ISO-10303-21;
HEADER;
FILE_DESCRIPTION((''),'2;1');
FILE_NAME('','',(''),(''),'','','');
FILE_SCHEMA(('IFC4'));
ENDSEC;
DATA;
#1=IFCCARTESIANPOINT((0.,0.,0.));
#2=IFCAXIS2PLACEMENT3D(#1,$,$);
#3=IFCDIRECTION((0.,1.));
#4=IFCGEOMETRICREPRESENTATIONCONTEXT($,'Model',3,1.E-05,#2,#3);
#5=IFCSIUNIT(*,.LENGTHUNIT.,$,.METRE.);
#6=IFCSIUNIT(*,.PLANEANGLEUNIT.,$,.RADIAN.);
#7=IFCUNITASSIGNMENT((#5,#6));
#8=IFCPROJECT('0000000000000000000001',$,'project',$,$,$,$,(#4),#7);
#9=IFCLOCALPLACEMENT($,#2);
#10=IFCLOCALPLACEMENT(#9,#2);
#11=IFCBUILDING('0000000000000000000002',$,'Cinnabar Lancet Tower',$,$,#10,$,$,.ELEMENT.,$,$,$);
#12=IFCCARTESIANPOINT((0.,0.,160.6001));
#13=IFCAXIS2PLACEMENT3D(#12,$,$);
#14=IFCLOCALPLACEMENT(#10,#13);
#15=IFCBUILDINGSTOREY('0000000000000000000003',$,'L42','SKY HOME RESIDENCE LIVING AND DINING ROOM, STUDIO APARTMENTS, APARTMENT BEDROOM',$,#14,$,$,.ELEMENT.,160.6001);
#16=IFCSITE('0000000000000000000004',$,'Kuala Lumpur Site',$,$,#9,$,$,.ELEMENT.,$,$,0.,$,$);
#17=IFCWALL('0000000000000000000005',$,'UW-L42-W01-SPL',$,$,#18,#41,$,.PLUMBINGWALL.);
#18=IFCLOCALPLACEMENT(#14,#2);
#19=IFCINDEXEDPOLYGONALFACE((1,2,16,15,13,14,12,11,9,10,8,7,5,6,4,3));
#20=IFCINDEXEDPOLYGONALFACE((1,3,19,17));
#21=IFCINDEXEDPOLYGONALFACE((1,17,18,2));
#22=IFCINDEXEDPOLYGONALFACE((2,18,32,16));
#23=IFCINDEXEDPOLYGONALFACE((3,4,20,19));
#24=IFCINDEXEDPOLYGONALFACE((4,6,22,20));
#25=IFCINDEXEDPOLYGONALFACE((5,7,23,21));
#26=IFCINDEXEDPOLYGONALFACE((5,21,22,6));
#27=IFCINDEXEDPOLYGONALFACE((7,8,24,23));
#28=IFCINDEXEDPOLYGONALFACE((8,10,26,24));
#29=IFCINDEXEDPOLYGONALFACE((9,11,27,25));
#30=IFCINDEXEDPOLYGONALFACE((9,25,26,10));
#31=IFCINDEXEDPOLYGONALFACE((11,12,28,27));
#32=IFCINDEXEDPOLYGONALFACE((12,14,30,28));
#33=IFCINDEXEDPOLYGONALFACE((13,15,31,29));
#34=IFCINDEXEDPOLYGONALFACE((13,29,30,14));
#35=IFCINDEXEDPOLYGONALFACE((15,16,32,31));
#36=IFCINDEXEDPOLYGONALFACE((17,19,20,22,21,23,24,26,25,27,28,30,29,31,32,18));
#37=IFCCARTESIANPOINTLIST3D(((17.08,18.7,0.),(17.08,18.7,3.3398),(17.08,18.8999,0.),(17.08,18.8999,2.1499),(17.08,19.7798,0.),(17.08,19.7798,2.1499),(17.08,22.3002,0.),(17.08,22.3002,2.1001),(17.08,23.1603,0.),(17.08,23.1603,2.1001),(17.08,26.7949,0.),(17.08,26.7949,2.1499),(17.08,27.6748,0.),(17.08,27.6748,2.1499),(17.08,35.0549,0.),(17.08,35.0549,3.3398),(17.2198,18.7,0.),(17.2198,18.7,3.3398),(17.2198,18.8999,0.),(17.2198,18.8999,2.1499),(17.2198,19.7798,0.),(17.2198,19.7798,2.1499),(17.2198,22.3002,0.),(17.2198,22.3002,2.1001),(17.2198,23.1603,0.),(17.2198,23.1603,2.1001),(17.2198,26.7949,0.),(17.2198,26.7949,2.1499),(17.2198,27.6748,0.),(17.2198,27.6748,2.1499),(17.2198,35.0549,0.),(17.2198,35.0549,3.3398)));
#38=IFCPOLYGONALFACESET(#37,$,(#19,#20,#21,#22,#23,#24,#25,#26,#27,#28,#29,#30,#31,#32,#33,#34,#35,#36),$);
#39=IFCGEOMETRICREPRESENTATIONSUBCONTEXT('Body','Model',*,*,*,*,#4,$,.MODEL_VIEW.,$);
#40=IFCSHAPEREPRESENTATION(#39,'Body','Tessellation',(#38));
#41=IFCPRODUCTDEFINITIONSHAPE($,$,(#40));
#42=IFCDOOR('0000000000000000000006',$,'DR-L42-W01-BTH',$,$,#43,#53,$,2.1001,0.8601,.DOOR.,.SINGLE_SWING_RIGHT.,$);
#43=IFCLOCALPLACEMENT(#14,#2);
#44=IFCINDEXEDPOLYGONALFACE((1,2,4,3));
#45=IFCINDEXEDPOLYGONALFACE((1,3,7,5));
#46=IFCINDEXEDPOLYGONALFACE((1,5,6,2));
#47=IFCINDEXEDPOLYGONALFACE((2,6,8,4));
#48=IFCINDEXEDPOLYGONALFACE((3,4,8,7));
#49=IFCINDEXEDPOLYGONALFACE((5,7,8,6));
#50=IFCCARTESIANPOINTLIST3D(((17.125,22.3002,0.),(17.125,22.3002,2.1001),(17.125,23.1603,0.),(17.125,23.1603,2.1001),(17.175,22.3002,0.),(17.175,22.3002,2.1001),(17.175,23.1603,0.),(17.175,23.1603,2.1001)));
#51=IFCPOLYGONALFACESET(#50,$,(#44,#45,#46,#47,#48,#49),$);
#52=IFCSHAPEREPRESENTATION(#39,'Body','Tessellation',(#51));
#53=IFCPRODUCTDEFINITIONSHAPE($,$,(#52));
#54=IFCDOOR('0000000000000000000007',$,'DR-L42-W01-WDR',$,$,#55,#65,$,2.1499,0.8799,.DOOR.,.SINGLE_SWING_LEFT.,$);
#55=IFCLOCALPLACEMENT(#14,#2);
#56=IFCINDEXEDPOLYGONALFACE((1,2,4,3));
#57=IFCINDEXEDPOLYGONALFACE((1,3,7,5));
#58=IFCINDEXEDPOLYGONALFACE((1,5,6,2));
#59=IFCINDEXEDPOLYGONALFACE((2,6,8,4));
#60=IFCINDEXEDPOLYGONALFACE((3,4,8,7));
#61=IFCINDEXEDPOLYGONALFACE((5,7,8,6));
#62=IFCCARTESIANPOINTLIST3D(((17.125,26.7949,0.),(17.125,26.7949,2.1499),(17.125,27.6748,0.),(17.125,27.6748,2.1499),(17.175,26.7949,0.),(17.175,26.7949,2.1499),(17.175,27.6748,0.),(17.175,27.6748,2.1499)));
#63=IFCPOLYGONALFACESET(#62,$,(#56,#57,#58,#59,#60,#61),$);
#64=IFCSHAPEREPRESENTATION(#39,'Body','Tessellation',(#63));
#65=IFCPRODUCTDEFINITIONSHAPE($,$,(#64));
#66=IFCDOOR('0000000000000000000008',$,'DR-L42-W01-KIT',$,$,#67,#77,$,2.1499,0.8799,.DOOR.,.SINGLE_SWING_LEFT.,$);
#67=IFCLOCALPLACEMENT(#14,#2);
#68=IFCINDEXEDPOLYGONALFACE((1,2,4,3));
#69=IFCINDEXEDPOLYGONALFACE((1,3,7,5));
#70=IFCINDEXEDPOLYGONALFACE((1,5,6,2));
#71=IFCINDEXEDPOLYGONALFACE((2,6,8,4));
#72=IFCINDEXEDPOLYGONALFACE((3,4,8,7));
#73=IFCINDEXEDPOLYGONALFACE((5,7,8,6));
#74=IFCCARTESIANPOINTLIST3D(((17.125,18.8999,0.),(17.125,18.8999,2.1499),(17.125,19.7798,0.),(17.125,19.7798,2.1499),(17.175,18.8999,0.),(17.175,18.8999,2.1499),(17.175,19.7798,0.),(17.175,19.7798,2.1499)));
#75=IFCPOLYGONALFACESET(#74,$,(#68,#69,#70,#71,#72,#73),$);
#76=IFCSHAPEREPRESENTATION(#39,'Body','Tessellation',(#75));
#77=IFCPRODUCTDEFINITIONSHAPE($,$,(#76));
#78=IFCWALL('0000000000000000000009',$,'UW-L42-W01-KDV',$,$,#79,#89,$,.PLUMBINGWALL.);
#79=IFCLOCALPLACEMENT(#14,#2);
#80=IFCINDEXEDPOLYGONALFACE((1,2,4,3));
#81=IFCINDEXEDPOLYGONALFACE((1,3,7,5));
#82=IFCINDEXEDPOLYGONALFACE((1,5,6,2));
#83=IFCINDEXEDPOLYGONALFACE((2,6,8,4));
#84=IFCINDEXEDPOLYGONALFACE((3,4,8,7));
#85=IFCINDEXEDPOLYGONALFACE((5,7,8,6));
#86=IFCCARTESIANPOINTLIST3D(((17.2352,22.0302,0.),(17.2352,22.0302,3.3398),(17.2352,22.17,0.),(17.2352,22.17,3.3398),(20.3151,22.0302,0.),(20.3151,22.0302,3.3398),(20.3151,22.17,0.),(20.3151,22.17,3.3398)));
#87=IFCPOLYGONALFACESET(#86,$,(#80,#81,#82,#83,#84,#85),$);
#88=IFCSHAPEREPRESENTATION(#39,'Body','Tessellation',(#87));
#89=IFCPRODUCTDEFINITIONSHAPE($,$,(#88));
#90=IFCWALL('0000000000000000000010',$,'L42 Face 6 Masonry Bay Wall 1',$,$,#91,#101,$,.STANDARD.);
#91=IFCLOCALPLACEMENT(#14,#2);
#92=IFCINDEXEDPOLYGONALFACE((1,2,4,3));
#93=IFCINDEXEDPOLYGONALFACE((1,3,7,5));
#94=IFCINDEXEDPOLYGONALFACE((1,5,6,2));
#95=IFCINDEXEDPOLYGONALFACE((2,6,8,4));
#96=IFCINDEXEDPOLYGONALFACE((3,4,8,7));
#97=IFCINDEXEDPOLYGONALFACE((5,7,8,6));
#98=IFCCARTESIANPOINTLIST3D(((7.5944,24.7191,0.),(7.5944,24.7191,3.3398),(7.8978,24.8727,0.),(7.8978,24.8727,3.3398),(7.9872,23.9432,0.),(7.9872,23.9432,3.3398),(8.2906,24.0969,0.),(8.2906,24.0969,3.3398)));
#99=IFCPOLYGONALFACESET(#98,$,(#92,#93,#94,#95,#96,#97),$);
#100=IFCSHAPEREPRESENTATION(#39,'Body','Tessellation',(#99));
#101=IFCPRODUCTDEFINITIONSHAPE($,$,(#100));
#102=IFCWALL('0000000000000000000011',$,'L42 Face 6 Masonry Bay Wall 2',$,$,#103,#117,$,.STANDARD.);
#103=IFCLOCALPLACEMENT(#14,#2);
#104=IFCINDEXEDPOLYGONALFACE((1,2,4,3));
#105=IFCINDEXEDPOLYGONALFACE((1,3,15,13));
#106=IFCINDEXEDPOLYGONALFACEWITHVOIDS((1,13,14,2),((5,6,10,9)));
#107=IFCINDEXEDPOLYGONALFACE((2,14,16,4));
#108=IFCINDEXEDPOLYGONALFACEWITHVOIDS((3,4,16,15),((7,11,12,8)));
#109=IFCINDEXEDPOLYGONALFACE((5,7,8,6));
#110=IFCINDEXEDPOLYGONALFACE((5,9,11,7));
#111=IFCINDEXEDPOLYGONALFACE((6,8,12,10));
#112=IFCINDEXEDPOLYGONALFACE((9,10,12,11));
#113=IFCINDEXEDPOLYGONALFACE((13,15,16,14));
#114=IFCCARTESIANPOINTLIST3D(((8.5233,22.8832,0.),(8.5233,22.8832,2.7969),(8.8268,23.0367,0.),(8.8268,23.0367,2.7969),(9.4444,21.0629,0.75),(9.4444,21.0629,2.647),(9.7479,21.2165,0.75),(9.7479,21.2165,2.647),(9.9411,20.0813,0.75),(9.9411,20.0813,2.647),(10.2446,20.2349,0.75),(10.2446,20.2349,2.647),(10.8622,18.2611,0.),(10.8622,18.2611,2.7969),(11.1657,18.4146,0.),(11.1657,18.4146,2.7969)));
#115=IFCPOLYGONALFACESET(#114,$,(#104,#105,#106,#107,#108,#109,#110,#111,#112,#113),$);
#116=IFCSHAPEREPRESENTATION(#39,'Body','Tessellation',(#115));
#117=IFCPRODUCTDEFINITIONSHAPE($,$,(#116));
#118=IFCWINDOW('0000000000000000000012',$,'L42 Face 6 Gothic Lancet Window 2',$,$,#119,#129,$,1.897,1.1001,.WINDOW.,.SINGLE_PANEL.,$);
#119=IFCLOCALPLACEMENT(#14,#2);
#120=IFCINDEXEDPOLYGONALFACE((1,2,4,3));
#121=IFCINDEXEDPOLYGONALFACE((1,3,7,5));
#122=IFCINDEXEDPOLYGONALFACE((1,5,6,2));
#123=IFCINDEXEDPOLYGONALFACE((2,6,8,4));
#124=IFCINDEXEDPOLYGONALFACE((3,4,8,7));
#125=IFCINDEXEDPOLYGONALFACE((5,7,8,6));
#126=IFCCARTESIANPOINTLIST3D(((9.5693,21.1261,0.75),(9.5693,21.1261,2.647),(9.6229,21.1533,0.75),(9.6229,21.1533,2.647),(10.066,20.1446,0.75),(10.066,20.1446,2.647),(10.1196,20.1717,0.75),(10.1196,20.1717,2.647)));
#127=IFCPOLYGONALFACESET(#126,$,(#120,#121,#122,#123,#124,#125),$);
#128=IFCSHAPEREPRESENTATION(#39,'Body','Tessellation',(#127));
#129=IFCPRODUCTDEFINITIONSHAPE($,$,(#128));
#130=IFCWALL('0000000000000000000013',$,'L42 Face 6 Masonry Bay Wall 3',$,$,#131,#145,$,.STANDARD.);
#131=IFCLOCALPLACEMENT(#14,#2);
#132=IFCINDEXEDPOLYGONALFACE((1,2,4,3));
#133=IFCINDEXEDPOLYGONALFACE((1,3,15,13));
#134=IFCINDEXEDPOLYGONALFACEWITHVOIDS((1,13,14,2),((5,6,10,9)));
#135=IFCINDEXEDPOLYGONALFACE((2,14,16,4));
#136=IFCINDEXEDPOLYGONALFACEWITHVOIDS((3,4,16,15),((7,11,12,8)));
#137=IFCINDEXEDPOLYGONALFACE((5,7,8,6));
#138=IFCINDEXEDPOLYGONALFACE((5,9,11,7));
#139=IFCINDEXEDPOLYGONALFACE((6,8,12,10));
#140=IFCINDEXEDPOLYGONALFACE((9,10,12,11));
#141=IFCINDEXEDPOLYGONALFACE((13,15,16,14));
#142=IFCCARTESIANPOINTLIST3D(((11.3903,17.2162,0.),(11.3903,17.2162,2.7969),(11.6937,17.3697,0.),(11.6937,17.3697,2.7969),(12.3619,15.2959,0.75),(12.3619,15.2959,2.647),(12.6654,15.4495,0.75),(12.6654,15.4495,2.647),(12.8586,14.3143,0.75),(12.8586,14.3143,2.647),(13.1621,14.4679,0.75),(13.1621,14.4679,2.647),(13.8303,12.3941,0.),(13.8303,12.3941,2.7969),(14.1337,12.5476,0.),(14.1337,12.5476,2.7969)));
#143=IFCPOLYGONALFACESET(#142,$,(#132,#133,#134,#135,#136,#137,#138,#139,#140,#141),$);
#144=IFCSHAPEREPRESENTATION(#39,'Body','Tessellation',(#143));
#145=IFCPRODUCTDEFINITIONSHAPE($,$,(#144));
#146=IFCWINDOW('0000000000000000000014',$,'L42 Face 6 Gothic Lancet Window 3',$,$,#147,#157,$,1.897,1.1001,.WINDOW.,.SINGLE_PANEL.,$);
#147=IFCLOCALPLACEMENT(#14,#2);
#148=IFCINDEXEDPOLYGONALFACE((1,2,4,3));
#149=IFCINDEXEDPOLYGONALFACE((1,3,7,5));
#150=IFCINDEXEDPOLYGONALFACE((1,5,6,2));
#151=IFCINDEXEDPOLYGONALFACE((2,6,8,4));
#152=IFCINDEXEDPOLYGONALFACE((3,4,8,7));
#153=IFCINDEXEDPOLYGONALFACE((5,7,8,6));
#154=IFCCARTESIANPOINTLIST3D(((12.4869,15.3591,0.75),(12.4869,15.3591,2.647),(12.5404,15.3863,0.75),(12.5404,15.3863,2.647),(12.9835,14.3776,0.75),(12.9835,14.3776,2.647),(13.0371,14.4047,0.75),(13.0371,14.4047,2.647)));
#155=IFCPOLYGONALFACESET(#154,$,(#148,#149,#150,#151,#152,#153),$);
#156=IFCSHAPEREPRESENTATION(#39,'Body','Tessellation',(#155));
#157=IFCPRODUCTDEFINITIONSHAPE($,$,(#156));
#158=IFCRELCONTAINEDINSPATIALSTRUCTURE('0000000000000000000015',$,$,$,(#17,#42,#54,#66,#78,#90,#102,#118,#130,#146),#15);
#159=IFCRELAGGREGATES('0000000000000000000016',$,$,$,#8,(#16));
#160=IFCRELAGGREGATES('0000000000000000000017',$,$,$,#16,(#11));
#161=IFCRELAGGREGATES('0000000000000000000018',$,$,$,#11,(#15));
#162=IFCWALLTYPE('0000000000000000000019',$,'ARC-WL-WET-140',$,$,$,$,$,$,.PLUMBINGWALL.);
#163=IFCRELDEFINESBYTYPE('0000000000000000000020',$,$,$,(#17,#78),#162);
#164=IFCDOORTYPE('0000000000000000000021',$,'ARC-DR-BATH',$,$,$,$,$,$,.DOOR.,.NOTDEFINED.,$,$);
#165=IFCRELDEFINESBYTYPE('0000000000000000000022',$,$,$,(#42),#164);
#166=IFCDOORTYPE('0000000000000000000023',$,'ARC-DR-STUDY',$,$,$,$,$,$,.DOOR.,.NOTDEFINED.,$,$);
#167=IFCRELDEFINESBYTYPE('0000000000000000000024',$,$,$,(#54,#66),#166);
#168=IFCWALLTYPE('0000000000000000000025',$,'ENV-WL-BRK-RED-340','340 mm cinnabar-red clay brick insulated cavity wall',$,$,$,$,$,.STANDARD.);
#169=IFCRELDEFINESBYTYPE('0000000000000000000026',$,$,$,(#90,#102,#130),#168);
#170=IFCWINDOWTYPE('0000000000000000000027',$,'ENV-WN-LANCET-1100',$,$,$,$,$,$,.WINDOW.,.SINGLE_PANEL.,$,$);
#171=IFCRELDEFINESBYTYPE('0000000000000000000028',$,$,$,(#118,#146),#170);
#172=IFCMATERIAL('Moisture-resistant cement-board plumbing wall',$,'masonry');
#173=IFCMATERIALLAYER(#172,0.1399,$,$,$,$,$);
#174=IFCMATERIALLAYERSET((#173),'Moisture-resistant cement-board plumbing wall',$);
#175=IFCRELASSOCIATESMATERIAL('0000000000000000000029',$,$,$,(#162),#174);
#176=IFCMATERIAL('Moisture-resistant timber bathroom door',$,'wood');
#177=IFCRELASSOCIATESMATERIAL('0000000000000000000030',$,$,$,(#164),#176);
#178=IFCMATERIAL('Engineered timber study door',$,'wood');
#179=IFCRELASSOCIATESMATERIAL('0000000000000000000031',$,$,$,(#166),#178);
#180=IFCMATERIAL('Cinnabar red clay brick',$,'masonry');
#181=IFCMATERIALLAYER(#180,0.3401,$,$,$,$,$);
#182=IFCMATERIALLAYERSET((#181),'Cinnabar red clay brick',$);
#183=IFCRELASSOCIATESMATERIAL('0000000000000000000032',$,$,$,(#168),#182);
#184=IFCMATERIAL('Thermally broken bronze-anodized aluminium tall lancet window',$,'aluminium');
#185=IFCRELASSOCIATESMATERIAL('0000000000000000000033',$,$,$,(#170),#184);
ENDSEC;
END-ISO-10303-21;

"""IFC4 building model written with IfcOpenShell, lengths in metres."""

from ifc_helpers import new_model, si_unit, direction, frame, frame_2d, origin, place, context, subcontext, project, spatial, rectangle, extrude, material, layer, layer_set, type_object, element, fill, save


model = new_model("IFC4")

# Units and contexts
model_context = context("Model", 3, precision=1e-05, world=origin(), true_north=direction((0.0, 1.0)))
body_context = subcontext(model_context, "Body", "Model", "MODEL_VIEW")
ifc_project = project(units=[si_unit("LENGTHUNIT", "METRE"), si_unit("PLANEANGLEUNIT", "RADIAN")], contexts=[model_context])

# Site, building, storey
site_placement = place(None, origin())
site = spatial("IfcSite", under=ifc_project, at=site_placement, Name="Kuala Lumpur Site", CompositionType="ELEMENT", RefElevation=0.0)
building_placement = place(site_placement, origin())
building = spatial("IfcBuilding", under=site, at=building_placement, Name="Cinnabar Lancet Tower", CompositionType="ELEMENT")
storey_placement = place(building_placement, frame((0.0, 0.0, 160.6001)))
storey = spatial("IfcBuildingStorey", under=building, at=storey_placement, Name="L42", Description="SKY HOME RESIDENCE LIVING AND DINING ROOM, STUDIO APARTMENTS, APARTMENT BEDROOM", CompositionType="ELEMENT", Elevation=160.6001)

# Wall, openings, doors
ifc_material_1 = material(Name="Moisture-resistant cement-board plumbing wall", Category="masonry")
ifc_layer_1 = layer(ifc_material_1, 0.1399)
ifc_layer_set_1 = layer_set([ifc_layer_1], Name="Moisture-resistant cement-board plumbing wall")
wall_type_1 = type_object("IfcWallType", Name="ARC-WL-WET-140", PredefinedType="PLUMBINGWALL", material=ifc_layer_set_1)
wall_1_placement = place(storey_placement, frame((17.1499, 18.7, 0.0), z_axis=(0.0, 0.0, 1.0), x_axis=(0.0, 1.0, 0.0)))
wall_1 = element("IfcWall", 1, at=wall_1_placement, inside=storey, type_object=wall_type_1, Name="UW-L42-W01-SPL", PredefinedType="PLUMBINGWALL", context=body_context, shape_type="SweptSolid", body=[
    extrude(rectangle(XDim=16.355, YDim=0.1399, at=frame_2d((8.1775, 0.0))), origin(), (0.0, 0.0, 1.0), 3.3398),
])
opening_1_placement = place(wall_1_placement, frame((3.6001, 0.0, 0.0)))
opening_1 = element("IfcOpeningElement", 2, at=opening_1_placement, cuts=wall_1, PredefinedType="OPENING", context=body_context, shape_type="SweptSolid", body=[
    extrude(rectangle(XDim=0.8601, YDim=2.1001, at=frame_2d((0.4302, 1.05))), frame((0.0, 0.0798, 0.0), z_axis=(0.0, -1.0, 0.0), x_axis=(1.0, 0.0, 0.0)), (0.0, 0.0, 1.0), 0.1599),
])
opening_2_placement = place(wall_1_placement, frame((8.095, 0.0, 0.0)))
opening_2 = element("IfcOpeningElement", 3, at=opening_2_placement, cuts=wall_1, PredefinedType="OPENING", context=body_context, shape_type="SweptSolid", body=[
    extrude(rectangle(XDim=0.8799, YDim=2.1499, at=frame_2d((0.4399, 1.075))), frame((0.0, 0.0798, 0.0), z_axis=(0.0, -1.0, 0.0), x_axis=(1.0, 0.0, 0.0)), (0.0, 0.0, 1.0), 0.1599),
])
opening_3_placement = place(wall_1_placement, frame((0.2, 0.0, 0.0)))
opening_3 = element("IfcOpeningElement", 4, at=opening_3_placement, cuts=wall_1, PredefinedType="OPENING", context=body_context, shape_type="SweptSolid", body=[
    extrude(rectangle(XDim=0.8799, YDim=2.1499, at=frame_2d((0.4399, 1.075))), frame((0.0, 0.0798, 0.0), z_axis=(0.0, -1.0, 0.0), x_axis=(1.0, 0.0, 0.0)), (0.0, 0.0, 1.0), 0.1599),
])
ifc_material_2 = material(Name="Moisture-resistant timber bathroom door", Category="wood")
door_type_1 = type_object("IfcDoorType", Name="ARC-DR-BATH", OperationType="NOTDEFINED", PredefinedType="DOOR", material=ifc_material_2)
door_1_placement = place(opening_1_placement, origin())
door_1 = element("IfcDoor", 5, at=door_1_placement, inside=storey, type_object=door_type_1, Name="DR-L42-W01-BTH", OperationType="SINGLE_SWING_RIGHT", OverallHeight=2.1001, OverallWidth=0.8601, PredefinedType="DOOR", context=body_context, shape_type="SweptSolid", body=[
    extrude(rectangle(XDim=0.8601, YDim=2.1001, at=frame_2d((0.4302, 1.05))), frame((0.0, 0.0249, 0.0), z_axis=(0.0, -1.0, 0.0), x_axis=(1.0, 0.0, 0.0)), (0.0, 0.0, 1.0), 0.05),
])
fill(opening_1, door_1)
ifc_material_3 = material(Name="Engineered timber study door", Category="wood")
door_type_2 = type_object("IfcDoorType", Name="ARC-DR-STUDY", OperationType="NOTDEFINED", PredefinedType="DOOR", material=ifc_material_3)
door_2_placement = place(opening_2_placement, origin())
door_2 = element("IfcDoor", 6, at=door_2_placement, inside=storey, type_object=door_type_2, Name="DR-L42-W01-WDR", OperationType="SINGLE_SWING_LEFT", OverallHeight=2.1499, OverallWidth=0.8799, PredefinedType="DOOR", context=body_context, shape_type="SweptSolid", body=[
    extrude(rectangle(XDim=0.8799, YDim=2.1499, at=frame_2d((0.4399, 1.075))), frame((0.0, 0.0249, 0.0), z_axis=(0.0, -1.0, 0.0), x_axis=(1.0, 0.0, 0.0)), (0.0, 0.0, 1.0), 0.05),
])
fill(opening_2, door_2)
door_3_placement = place(opening_3_placement, origin())
door_3 = element("IfcDoor", 7, at=door_3_placement, inside=storey, type_object=door_type_2, Name="DR-L42-W01-KIT", OperationType="SINGLE_SWING_LEFT", OverallHeight=2.1499, OverallWidth=0.8799, PredefinedType="DOOR", context=body_context, shape_type="SweptSolid", body=[
    extrude(rectangle(XDim=0.8799, YDim=2.1499, at=frame_2d((0.4399, 1.075))), frame((0.0, 0.0249, 0.0), z_axis=(0.0, -1.0, 0.0), x_axis=(1.0, 0.0, 0.0)), (0.0, 0.0, 1.0), 0.05),
])
fill(opening_3, door_3)

# Walls
wall_2_placement = place(storey_placement, frame((17.2351, 22.1001, 0.0), z_axis=(0.0, 0.0, 1.0), x_axis=(1.0, 0.0, 0.0)))
element("IfcWall", 8, at=wall_2_placement, inside=storey, type_object=wall_type_1, Name="UW-L42-W01-KDV", PredefinedType="PLUMBINGWALL", context=body_context, shape_type="SweptSolid", body=[
    extrude(rectangle(XDim=3.0798, YDim=0.1399, at=frame_2d((1.54, 0.0))), origin(), (0.0, 0.0, 1.0), 3.3398),
])
ifc_material_4 = material(Name="Cinnabar red clay brick", Category="masonry")
ifc_layer_2 = layer(ifc_material_4, 0.3401)
ifc_layer_set_2 = layer_set([ifc_layer_2], Name="Cinnabar red clay brick")
wall_type_2 = type_object("IfcWallType", Name="ENV-WL-BRK-RED-340", Description="340 mm cinnabar-red clay brick insulated cavity wall", PredefinedType="STANDARD", material=ifc_layer_set_2)
wall_3_placement = place(storey_placement, frame((7.7461, 24.7959, 0.0), z_axis=(0.0, 0.0, 1.0), x_axis=(0.4517, -0.89217, 0.0)))
element("IfcWall", 9, at=wall_3_placement, inside=storey, type_object=wall_type_2, Name="L42 Face 6 Masonry Bay Wall 1", PredefinedType="STANDARD", context=body_context, shape_type="SweptSolid", body=[
    extrude(rectangle(XDim=0.8696, YDim=0.3401, at=frame_2d((0.4348, 0.0))), origin(), (0.0, 0.0, 1.0), 3.3398),
])

# Walls, openings, windows
wall_4_placement = place(storey_placement, frame((8.675, 22.96, 0.0), z_axis=(0.0, 0.0, 1.0), x_axis=(0.451507, -0.892268, 0.0)))
wall_4 = element("IfcWall", 10, at=wall_4_placement, inside=storey, type_object=wall_type_2, Name="L42 Face 6 Masonry Bay Wall 2", PredefinedType="STANDARD", context=body_context, shape_type="SweptSolid", body=[
    extrude(rectangle(XDim=5.1802, YDim=0.3401, at=frame_2d((2.5901, 0.0))), origin(), (0.0, 0.0, 1.0), 2.7969),
])
opening_4_placement = place(wall_4_placement, frame((2.04, 0.0, 0.75)))
opening_4 = element("IfcOpeningElement", 11, at=opening_4_placement, cuts=wall_4, PredefinedType="OPENING", context=body_context, shape_type="SweptSolid", body=[
    extrude(rectangle(XDim=1.1001, YDim=1.897, at=frame_2d((0.55, 0.9485))), frame((0.0, 0.1799, 0.0), z_axis=(0.0, -1.0, 0.0), x_axis=(1.0, 0.0, 0.0)), (0.0, 0.0, 1.0), 0.3601),
])
ifc_material_5 = material(Name="Thermally broken bronze-anodized aluminium tall lancet window", Category="aluminium")
window_type = type_object("IfcWindowType", Name="ENV-WN-LANCET-1100", PartitioningType="SINGLE_PANEL", PredefinedType="WINDOW", material=ifc_material_5)
window_1_placement = place(opening_4_placement, origin())
window_1 = element("IfcWindow", 12, at=window_1_placement, inside=storey, type_object=window_type, Name="L42 Face 6 Gothic Lancet Window 2", OverallHeight=1.897, OverallWidth=1.1001, PartitioningType="SINGLE_PANEL", PredefinedType="WINDOW", context=body_context, shape_type="SweptSolid", body=[
    extrude(rectangle(XDim=1.1001, YDim=1.897, at=frame_2d((0.55, 0.9485))), frame((0.0, 0.03, 0.0), z_axis=(0.0, -1.0, 0.0), x_axis=(1.0, 0.0, 0.0)), (0.0, 0.0, 1.0), 0.0601),
])
fill(opening_4, window_1)
wall_5_placement = place(storey_placement, frame((11.542, 17.293, 0.0), z_axis=(0.0, 0.0, 1.0), x_axis=(0.451491, -0.892276, 0.0)))
wall_5 = element("IfcWall", 13, at=wall_5_placement, inside=storey, type_object=wall_type_2, Name="L42 Face 6 Masonry Bay Wall 3", PredefinedType="STANDARD", context=body_context, shape_type="SweptSolid", body=[
    extrude(rectangle(XDim=5.4043, YDim=0.3401, at=frame_2d((2.7021, 0.0))), origin(), (0.0, 0.0, 1.0), 2.7969),
])
opening_5_placement = place(wall_5_placement, frame((2.1521, 0.0, 0.75)))
opening_5 = element("IfcOpeningElement", 14, at=opening_5_placement, cuts=wall_5, PredefinedType="OPENING", context=body_context, shape_type="SweptSolid", body=[
    extrude(rectangle(XDim=1.1001, YDim=1.897, at=frame_2d((0.55, 0.9485))), frame((0.0, 0.1799, 0.0), z_axis=(0.0, -1.0, 0.0), x_axis=(1.0, 0.0, 0.0)), (0.0, 0.0, 1.0), 0.3601),
])
window_2_placement = place(opening_5_placement, origin())
window_2 = element("IfcWindow", 15, at=window_2_placement, inside=storey, type_object=window_type, Name="L42 Face 6 Gothic Lancet Window 3", OverallHeight=1.897, OverallWidth=1.1001, PartitioningType="SINGLE_PANEL", PredefinedType="WINDOW", context=body_context, shape_type="SweptSolid", body=[
    extrude(rectangle(XDim=1.1001, YDim=1.897, at=frame_2d((0.55, 0.9485))), frame((0.0, 0.03, 0.0), z_axis=(0.0, -1.0, 0.0), x_axis=(1.0, 0.0, 0.0)), (0.0, 0.0, 1.0), 0.0601),
])
fill(opening_5, window_2)

save(model, "model.ifc")
